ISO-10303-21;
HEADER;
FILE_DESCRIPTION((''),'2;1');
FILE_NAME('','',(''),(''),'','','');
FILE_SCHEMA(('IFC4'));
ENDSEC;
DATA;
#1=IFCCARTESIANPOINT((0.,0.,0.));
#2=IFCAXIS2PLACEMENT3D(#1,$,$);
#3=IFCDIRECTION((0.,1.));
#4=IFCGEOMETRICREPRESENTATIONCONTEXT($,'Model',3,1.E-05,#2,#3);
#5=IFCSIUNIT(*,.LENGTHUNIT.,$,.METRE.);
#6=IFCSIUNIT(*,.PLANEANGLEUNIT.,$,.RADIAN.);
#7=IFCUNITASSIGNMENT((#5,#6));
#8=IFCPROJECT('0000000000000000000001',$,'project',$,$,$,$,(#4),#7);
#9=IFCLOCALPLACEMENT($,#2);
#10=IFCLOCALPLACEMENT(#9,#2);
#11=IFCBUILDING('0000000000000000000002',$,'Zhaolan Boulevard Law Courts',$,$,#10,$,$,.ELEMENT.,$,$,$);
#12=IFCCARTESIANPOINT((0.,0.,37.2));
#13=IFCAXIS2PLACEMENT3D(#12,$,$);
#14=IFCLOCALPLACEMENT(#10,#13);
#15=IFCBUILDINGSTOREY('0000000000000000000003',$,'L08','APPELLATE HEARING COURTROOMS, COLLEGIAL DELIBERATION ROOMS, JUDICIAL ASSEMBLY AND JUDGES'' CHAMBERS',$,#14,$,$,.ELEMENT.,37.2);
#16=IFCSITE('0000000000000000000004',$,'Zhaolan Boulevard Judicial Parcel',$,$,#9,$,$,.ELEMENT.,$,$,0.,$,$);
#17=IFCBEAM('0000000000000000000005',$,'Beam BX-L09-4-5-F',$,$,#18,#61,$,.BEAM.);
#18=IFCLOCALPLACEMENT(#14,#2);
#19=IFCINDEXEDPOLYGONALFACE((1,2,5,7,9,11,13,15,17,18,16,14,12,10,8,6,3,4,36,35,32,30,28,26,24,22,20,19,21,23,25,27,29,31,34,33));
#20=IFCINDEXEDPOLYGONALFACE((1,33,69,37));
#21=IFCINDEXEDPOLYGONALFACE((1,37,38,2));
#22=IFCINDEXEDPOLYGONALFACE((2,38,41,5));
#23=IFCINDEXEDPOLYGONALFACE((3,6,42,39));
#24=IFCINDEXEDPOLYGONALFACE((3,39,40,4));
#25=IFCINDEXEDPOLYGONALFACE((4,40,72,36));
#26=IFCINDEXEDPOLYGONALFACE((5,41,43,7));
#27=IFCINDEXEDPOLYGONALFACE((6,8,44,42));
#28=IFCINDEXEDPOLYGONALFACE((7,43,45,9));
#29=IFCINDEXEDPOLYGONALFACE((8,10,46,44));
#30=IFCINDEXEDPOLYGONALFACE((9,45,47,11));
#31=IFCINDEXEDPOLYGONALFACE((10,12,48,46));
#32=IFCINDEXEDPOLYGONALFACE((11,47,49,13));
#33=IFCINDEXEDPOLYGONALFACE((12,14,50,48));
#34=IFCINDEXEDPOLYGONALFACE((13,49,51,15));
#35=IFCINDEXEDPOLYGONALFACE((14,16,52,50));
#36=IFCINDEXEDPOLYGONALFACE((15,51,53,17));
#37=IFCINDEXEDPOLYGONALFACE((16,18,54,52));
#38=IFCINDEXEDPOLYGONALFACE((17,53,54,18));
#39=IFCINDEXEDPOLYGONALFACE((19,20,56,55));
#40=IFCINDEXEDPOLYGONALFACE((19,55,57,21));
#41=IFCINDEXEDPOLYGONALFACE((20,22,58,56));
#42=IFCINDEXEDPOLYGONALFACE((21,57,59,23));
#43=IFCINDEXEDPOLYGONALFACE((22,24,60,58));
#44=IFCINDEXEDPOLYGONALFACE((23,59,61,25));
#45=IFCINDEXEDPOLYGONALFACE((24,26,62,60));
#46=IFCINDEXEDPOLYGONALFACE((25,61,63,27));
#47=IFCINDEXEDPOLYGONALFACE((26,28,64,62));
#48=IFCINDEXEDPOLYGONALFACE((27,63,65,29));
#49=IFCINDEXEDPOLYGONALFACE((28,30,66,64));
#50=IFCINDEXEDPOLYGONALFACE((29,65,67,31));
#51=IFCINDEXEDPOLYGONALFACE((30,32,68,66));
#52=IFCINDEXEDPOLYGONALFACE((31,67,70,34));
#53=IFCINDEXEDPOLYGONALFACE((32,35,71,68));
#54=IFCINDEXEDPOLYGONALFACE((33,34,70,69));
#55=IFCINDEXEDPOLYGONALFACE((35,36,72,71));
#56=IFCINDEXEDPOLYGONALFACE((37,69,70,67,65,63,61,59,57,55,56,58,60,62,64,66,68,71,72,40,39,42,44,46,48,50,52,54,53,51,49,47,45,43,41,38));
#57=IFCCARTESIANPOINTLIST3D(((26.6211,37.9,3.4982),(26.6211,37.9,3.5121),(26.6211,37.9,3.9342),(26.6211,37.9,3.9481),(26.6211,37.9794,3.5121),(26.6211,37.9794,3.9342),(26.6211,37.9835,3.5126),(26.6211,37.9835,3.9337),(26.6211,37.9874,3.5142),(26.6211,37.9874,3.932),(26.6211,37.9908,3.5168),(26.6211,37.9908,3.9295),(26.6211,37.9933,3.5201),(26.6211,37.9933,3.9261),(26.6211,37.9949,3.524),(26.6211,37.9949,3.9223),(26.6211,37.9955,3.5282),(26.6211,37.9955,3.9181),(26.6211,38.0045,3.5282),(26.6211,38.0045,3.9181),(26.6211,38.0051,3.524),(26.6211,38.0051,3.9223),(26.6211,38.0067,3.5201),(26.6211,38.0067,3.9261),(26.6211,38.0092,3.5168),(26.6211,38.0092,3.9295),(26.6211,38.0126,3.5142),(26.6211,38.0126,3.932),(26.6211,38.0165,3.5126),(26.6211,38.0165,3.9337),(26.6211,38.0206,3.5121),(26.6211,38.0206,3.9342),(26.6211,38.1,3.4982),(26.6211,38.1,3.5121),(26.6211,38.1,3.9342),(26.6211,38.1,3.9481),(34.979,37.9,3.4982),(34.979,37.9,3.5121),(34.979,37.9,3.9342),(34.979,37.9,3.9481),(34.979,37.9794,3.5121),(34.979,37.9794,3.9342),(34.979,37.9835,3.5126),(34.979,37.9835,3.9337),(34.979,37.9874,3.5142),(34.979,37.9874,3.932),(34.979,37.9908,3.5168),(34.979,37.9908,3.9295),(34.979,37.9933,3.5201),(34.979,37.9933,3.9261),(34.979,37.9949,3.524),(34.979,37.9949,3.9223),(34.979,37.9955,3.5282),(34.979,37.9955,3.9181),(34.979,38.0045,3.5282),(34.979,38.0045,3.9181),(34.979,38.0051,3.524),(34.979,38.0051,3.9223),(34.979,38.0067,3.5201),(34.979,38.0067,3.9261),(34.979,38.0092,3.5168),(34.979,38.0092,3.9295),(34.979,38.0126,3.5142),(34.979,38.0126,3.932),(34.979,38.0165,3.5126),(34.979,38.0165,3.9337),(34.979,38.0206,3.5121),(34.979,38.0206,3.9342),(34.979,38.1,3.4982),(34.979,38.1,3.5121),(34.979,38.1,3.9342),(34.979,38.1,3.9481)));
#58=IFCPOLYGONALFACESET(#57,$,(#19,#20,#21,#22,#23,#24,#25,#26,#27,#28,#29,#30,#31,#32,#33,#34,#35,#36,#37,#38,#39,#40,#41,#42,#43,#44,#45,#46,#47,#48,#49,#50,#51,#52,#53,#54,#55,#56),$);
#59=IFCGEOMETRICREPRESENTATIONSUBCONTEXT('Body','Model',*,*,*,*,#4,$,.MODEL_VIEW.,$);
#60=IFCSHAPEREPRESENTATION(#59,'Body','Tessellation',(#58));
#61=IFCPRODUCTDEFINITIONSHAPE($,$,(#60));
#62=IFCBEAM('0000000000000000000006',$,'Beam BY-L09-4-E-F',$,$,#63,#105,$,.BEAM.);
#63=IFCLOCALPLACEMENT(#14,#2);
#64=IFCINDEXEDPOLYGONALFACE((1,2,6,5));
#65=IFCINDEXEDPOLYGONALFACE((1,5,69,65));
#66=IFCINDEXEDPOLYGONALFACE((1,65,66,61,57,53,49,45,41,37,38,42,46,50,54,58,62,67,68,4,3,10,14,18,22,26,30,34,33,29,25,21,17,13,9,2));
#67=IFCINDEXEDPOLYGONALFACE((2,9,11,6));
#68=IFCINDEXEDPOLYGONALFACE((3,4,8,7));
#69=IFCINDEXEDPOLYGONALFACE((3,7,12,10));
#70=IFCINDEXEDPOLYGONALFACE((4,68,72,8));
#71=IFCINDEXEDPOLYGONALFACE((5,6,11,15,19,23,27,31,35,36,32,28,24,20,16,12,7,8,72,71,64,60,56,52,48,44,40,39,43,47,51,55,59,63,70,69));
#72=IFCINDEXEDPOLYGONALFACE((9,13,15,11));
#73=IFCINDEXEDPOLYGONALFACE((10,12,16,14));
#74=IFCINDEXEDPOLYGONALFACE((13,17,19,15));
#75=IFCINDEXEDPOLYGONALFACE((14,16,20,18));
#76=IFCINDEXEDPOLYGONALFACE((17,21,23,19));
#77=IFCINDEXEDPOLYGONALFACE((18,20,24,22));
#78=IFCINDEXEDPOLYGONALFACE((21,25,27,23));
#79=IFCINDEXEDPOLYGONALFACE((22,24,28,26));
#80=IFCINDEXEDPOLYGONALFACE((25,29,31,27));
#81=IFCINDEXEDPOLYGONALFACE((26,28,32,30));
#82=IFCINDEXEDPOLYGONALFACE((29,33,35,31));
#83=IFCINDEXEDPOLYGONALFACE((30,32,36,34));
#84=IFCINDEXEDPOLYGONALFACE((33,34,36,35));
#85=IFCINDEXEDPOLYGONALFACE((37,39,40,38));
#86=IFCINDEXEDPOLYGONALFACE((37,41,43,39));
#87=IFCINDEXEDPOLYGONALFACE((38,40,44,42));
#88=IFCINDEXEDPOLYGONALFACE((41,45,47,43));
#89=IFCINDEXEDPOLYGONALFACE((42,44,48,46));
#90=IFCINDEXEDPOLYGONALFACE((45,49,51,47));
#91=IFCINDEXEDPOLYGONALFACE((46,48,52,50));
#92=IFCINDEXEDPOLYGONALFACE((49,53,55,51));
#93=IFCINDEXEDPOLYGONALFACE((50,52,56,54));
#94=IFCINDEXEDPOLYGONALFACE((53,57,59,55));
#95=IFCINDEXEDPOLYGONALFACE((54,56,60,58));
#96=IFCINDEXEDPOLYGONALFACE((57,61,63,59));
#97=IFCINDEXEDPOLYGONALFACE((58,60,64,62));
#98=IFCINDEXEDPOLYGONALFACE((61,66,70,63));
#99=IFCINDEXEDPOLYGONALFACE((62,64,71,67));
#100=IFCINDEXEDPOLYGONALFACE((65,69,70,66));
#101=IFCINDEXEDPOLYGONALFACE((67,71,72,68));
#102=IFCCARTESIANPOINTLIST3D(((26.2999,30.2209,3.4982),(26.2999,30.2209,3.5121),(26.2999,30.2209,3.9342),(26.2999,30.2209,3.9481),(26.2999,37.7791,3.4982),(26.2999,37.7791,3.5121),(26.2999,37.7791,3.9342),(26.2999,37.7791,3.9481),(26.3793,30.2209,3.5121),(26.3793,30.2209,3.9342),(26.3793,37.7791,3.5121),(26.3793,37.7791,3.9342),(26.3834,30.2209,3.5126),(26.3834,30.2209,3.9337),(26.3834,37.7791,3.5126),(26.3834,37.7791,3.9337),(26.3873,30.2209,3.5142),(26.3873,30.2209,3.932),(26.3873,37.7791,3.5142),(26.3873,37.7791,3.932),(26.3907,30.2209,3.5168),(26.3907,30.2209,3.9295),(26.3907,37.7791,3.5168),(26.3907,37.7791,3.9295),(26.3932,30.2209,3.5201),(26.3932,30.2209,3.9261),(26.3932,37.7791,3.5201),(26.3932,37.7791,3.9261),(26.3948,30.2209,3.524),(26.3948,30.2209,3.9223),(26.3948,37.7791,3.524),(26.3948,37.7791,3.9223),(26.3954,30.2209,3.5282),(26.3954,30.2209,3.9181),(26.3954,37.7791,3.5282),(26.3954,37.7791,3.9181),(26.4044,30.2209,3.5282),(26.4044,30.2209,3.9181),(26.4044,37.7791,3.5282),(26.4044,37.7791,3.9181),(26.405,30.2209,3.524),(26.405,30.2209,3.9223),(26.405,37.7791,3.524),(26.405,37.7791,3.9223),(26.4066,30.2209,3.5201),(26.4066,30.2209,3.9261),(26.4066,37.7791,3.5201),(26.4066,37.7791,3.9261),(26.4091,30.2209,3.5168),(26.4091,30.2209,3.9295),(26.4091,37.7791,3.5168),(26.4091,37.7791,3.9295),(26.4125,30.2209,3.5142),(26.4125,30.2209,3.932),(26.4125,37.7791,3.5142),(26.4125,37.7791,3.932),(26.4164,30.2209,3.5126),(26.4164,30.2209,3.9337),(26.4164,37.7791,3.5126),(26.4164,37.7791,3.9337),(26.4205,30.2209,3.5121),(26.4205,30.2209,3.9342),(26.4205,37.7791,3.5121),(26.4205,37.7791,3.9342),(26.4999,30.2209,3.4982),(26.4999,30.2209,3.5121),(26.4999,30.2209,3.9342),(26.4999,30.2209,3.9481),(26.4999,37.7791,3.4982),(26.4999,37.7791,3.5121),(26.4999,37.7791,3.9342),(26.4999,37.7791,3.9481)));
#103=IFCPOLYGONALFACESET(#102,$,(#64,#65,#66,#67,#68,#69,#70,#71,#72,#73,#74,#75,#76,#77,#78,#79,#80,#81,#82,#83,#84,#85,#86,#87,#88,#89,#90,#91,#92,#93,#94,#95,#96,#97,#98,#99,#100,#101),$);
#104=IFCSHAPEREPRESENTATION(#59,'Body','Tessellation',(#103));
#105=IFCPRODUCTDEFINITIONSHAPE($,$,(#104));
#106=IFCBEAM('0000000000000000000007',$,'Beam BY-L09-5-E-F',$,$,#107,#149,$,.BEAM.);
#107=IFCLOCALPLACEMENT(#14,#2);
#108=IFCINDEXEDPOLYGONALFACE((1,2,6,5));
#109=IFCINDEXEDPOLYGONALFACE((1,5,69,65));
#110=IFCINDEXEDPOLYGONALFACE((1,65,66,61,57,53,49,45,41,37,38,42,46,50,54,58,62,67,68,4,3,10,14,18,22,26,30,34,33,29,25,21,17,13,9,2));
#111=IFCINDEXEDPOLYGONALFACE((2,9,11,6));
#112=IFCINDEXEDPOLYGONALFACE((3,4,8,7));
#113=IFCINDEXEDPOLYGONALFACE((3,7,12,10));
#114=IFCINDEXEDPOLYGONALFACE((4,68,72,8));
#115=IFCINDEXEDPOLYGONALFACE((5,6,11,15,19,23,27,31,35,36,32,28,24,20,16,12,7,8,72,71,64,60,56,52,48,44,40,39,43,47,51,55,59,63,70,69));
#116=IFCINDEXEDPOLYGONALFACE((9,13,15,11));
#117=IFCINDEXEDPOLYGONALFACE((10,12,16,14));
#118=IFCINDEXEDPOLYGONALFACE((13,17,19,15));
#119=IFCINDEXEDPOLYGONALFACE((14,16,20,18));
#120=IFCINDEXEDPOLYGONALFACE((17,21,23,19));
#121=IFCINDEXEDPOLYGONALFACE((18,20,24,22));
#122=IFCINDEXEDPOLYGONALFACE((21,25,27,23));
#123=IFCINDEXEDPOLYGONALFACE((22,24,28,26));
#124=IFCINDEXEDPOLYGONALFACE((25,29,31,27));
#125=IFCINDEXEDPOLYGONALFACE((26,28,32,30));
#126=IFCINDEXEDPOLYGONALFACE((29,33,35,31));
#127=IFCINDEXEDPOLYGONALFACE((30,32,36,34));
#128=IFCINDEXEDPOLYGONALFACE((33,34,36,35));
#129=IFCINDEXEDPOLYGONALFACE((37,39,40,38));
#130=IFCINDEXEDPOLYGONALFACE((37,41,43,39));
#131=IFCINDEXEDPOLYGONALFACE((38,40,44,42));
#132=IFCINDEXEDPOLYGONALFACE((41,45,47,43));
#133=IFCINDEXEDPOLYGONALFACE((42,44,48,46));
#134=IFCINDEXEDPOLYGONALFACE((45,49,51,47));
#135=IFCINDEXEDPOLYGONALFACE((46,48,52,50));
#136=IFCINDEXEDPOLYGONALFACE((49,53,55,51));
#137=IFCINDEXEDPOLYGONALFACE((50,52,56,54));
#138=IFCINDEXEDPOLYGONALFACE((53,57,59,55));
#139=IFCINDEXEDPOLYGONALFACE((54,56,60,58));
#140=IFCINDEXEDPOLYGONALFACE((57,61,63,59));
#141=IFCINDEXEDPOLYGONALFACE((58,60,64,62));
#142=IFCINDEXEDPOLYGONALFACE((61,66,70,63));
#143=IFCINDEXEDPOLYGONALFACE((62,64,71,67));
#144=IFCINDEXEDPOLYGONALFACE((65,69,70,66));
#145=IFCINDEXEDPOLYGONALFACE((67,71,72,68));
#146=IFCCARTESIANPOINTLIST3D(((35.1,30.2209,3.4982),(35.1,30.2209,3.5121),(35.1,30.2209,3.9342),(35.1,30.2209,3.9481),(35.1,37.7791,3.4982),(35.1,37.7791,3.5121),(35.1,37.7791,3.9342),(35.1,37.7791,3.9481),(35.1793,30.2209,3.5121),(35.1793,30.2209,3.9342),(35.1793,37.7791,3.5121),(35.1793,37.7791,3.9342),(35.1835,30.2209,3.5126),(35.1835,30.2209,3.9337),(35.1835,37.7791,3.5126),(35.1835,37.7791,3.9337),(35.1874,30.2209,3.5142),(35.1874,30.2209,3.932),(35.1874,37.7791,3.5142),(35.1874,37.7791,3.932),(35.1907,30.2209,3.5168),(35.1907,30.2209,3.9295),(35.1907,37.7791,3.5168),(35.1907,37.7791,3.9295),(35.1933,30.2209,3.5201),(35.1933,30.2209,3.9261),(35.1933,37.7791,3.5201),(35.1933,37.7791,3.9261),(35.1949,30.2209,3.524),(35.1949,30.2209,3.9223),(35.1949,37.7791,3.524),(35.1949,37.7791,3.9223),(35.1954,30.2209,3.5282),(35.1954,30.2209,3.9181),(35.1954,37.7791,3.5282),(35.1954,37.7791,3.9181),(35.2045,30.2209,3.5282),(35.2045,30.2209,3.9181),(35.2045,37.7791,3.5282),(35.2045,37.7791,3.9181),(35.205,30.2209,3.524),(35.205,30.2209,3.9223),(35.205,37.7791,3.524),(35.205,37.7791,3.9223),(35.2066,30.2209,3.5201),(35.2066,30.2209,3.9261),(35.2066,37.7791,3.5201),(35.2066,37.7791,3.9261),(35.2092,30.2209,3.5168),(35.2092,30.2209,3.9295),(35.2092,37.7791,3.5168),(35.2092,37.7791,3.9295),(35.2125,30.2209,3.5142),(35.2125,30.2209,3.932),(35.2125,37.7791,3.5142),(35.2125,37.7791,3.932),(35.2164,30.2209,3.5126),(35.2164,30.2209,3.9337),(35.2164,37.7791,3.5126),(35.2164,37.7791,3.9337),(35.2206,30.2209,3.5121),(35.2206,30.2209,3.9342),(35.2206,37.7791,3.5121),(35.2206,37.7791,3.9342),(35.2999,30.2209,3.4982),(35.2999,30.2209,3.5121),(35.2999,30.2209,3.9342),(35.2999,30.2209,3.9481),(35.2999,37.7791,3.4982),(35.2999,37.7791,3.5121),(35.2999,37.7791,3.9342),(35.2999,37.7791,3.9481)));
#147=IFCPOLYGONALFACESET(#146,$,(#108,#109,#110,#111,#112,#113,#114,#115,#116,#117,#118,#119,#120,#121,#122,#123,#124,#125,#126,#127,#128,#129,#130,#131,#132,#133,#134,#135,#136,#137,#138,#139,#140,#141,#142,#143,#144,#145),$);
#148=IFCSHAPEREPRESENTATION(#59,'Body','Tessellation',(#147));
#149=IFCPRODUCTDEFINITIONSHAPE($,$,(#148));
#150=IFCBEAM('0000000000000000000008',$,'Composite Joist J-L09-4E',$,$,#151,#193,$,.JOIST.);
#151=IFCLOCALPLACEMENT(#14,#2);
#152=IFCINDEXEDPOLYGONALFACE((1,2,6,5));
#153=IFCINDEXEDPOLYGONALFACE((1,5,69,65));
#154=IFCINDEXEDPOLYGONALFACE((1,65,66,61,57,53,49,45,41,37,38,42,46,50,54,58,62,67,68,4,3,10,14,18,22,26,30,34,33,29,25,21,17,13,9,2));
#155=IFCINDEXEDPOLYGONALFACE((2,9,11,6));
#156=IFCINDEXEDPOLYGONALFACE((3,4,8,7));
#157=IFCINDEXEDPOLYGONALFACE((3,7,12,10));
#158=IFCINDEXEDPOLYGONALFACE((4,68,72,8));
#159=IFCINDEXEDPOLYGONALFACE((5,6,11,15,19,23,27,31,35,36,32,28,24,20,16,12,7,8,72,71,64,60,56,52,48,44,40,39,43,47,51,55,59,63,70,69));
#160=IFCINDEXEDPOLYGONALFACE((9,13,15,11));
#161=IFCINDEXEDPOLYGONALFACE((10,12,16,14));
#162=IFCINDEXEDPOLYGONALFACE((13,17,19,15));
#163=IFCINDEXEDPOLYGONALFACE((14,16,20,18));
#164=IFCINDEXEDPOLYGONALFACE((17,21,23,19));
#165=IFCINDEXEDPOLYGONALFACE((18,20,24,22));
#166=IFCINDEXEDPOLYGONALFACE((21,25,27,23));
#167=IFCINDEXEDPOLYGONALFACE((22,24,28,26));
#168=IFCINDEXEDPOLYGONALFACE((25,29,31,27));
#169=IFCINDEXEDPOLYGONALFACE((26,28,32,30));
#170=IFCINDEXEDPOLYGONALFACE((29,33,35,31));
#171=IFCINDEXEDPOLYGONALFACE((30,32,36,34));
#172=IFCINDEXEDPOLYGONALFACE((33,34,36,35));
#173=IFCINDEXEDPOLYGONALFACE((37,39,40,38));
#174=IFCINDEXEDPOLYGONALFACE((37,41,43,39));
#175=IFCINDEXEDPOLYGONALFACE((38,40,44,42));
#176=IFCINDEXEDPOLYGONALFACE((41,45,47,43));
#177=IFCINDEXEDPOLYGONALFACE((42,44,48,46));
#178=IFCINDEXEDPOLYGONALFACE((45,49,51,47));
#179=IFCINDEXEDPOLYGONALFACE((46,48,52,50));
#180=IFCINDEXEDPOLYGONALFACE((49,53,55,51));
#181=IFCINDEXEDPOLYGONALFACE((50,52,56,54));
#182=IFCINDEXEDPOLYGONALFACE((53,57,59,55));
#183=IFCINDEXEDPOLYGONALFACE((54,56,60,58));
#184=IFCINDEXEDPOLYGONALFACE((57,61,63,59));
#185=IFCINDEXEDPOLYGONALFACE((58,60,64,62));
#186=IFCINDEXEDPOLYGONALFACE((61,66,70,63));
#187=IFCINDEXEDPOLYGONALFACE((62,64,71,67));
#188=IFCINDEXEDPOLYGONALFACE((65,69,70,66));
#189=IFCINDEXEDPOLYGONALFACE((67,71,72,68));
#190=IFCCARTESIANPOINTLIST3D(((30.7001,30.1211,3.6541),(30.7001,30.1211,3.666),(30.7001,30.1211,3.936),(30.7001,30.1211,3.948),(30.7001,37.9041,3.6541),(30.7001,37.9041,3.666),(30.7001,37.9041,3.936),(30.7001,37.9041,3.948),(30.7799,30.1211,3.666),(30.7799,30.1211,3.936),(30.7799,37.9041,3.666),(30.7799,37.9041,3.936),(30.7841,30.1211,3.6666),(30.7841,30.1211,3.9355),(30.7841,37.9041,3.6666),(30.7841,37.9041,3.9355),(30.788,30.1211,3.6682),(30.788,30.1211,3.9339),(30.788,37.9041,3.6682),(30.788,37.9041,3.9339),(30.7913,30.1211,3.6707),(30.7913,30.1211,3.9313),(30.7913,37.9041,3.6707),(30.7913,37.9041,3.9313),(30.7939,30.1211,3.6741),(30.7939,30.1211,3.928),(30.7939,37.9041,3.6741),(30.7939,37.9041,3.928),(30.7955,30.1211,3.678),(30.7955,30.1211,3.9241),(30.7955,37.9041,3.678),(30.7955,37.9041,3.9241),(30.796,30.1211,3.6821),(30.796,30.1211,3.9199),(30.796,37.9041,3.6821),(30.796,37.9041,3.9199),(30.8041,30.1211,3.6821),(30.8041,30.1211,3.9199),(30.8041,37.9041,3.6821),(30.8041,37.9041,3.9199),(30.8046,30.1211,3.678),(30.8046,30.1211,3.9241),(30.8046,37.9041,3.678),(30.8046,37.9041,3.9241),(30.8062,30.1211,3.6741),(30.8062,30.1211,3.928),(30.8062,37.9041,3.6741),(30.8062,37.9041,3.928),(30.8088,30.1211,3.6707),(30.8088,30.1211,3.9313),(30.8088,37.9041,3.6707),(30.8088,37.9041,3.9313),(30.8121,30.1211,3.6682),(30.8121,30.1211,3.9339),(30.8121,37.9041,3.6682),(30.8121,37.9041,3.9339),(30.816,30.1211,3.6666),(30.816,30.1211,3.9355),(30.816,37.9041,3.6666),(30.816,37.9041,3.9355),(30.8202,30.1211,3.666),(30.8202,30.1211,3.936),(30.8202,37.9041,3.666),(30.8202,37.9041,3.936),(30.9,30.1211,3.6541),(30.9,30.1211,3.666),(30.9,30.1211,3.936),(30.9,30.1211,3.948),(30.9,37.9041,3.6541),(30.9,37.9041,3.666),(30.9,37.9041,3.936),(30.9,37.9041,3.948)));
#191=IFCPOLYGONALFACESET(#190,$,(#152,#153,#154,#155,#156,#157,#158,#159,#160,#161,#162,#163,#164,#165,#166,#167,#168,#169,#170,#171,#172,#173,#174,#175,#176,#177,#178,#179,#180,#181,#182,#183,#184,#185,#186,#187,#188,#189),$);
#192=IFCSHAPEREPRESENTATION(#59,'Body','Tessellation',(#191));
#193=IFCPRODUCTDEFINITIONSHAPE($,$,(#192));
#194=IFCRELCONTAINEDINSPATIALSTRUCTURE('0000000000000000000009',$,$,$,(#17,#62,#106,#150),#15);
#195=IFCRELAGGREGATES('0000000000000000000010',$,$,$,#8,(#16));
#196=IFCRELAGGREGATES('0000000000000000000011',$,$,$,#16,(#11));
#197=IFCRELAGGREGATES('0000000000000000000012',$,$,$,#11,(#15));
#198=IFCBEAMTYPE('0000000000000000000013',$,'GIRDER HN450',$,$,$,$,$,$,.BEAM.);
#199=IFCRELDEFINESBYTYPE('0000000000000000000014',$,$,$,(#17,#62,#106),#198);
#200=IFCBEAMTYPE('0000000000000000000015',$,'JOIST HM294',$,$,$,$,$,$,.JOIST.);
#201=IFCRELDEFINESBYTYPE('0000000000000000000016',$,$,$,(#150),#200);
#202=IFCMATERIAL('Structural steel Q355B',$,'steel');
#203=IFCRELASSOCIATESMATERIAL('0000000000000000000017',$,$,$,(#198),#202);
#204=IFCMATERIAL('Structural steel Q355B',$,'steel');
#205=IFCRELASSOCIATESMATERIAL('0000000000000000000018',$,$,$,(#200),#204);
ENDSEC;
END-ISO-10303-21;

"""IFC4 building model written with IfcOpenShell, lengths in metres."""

from ifc_helpers import new_model, si_unit, direction, frame, origin, origin_2d, place, context, subcontext, project, spatial, i_section, extrude, material, material_profile, profile_set, type_object, element, save


model = new_model("IFC4")

# Units and contexts
model_context = context("Model", 3, precision=1e-05, world=origin(), true_north=direction((0.0, 1.0)))
body_context = subcontext(model_context, "Body", "Model", "MODEL_VIEW")
ifc_project = project(units=[si_unit("LENGTHUNIT", "METRE"), si_unit("PLANEANGLEUNIT", "RADIAN")], contexts=[model_context])

# Site, building, storey
site_placement = place(None, origin())
site = spatial("IfcSite", under=ifc_project, at=site_placement, Name="Zhaolan Boulevard Judicial Parcel", CompositionType="ELEMENT", RefElevation=0.0)
building_placement = place(site_placement, origin())
building = spatial("IfcBuilding", under=site, at=building_placement, Name="Zhaolan Boulevard Law Courts", CompositionType="ELEMENT")
storey_placement = place(building_placement, frame((0.0, 0.0, 37.2)))
storey = spatial("IfcBuildingStorey", under=building, at=storey_placement, Name="L08", Description="APPELLATE HEARING COURTROOMS, COLLEGIAL DELIBERATION ROOMS, JUDICIAL ASSEMBLY AND JUDGES' CHAMBERS", CompositionType="ELEMENT", Elevation=37.2)

# Beams
ifc_material_1 = material(Name="Structural steel Q355B", Category="steel")
ifc_material_profile_1 = material_profile(ifc_material_1, i_section(OverallWidth=0.2, OverallDepth=0.45, WebThickness=0.009, FlangeThickness=0.0139, FilletRadius=0.0161, at=origin_2d()), Name="HN450x200")
ifc_profile_set_1 = profile_set([ifc_material_profile_1], Name="Structural steel Q355B")
beam_type_1 = type_object("IfcBeamType", Name="GIRDER HN450", PredefinedType="BEAM", material=ifc_profile_set_1)
for number, where, z_axis, x_axis, name in (
    (1, (26.6211, 38.0, 3.7231), (1.0, 0.0, 0.0), (0.0, 1.0, 0.0), "Beam BX-L09-4-5-F"),
):
    element("IfcBeam", number, at=place(storey_placement, frame(where, z_axis=z_axis, x_axis=x_axis)), inside=storey, type_object=beam_type_1, Name=name, PredefinedType="BEAM", context=body_context, shape_type="SweptSolid", body=[
        extrude(i_section(OverallWidth=0.2, OverallDepth=0.45, WebThickness=0.009, FlangeThickness=0.0139, FilletRadius=0.0161, at=origin_2d()), origin(), (0.0, 0.0, 1.0), 8.3579),
    ])
for number, where, z_axis, x_axis, name in (
    (2, (26.3999, 30.2209, 3.7231), (0.0, 1.0, 0.0), (-1.0, 0.0, 0.0), "Beam BY-L09-4-E-F"),
    (3, (35.2, 30.2209, 3.7231), (0.0, 1.0, 0.0), (-1.0, 0.0, 0.0), "Beam BY-L09-5-E-F"),
):
    element("IfcBeam", number, at=place(storey_placement, frame(where, z_axis=z_axis, x_axis=x_axis)), inside=storey, type_object=beam_type_1, Name=name, PredefinedType="BEAM", context=body_context, shape_type="SweptSolid", body=[
        extrude(i_section(OverallWidth=0.2, OverallDepth=0.45, WebThickness=0.009, FlangeThickness=0.0139, FilletRadius=0.0161, at=origin_2d()), origin(), (0.0, 0.0, 1.0), 7.5581),
    ])
ifc_material_2 = material(Name="Structural steel Q355B", Category="steel")
ifc_material_profile_2 = material_profile(ifc_material_2, i_section(OverallWidth=0.2, OverallDepth=0.2939, WebThickness=0.0081, FlangeThickness=0.012, FilletRadius=0.0161, at=origin_2d()), Name="HM294x200")
ifc_profile_set_2 = profile_set([ifc_material_profile_2], Name="Structural steel Q355B")
beam_type_2 = type_object("IfcBeamType", Name="JOIST HM294", PredefinedType="JOIST", material=ifc_profile_set_2)
beam_1_placement = place(storey_placement, frame((30.8, 30.1211, 3.801), z_axis=(0.0, 1.0, 0.0), x_axis=(-1.0, 0.0, 0.0)))
element("IfcBeam", 4, at=beam_1_placement, inside=storey, type_object=beam_type_2, Name="Composite Joist J-L09-4E", PredefinedType="JOIST", context=body_context, shape_type="SweptSolid", body=[
    extrude(i_section(OverallWidth=0.2, OverallDepth=0.2939, WebThickness=0.0081, FlangeThickness=0.012, FilletRadius=0.0161, at=origin_2d()), origin(), (0.0, 0.0, 1.0), 7.783),
])

save(model, "model.ifc")
